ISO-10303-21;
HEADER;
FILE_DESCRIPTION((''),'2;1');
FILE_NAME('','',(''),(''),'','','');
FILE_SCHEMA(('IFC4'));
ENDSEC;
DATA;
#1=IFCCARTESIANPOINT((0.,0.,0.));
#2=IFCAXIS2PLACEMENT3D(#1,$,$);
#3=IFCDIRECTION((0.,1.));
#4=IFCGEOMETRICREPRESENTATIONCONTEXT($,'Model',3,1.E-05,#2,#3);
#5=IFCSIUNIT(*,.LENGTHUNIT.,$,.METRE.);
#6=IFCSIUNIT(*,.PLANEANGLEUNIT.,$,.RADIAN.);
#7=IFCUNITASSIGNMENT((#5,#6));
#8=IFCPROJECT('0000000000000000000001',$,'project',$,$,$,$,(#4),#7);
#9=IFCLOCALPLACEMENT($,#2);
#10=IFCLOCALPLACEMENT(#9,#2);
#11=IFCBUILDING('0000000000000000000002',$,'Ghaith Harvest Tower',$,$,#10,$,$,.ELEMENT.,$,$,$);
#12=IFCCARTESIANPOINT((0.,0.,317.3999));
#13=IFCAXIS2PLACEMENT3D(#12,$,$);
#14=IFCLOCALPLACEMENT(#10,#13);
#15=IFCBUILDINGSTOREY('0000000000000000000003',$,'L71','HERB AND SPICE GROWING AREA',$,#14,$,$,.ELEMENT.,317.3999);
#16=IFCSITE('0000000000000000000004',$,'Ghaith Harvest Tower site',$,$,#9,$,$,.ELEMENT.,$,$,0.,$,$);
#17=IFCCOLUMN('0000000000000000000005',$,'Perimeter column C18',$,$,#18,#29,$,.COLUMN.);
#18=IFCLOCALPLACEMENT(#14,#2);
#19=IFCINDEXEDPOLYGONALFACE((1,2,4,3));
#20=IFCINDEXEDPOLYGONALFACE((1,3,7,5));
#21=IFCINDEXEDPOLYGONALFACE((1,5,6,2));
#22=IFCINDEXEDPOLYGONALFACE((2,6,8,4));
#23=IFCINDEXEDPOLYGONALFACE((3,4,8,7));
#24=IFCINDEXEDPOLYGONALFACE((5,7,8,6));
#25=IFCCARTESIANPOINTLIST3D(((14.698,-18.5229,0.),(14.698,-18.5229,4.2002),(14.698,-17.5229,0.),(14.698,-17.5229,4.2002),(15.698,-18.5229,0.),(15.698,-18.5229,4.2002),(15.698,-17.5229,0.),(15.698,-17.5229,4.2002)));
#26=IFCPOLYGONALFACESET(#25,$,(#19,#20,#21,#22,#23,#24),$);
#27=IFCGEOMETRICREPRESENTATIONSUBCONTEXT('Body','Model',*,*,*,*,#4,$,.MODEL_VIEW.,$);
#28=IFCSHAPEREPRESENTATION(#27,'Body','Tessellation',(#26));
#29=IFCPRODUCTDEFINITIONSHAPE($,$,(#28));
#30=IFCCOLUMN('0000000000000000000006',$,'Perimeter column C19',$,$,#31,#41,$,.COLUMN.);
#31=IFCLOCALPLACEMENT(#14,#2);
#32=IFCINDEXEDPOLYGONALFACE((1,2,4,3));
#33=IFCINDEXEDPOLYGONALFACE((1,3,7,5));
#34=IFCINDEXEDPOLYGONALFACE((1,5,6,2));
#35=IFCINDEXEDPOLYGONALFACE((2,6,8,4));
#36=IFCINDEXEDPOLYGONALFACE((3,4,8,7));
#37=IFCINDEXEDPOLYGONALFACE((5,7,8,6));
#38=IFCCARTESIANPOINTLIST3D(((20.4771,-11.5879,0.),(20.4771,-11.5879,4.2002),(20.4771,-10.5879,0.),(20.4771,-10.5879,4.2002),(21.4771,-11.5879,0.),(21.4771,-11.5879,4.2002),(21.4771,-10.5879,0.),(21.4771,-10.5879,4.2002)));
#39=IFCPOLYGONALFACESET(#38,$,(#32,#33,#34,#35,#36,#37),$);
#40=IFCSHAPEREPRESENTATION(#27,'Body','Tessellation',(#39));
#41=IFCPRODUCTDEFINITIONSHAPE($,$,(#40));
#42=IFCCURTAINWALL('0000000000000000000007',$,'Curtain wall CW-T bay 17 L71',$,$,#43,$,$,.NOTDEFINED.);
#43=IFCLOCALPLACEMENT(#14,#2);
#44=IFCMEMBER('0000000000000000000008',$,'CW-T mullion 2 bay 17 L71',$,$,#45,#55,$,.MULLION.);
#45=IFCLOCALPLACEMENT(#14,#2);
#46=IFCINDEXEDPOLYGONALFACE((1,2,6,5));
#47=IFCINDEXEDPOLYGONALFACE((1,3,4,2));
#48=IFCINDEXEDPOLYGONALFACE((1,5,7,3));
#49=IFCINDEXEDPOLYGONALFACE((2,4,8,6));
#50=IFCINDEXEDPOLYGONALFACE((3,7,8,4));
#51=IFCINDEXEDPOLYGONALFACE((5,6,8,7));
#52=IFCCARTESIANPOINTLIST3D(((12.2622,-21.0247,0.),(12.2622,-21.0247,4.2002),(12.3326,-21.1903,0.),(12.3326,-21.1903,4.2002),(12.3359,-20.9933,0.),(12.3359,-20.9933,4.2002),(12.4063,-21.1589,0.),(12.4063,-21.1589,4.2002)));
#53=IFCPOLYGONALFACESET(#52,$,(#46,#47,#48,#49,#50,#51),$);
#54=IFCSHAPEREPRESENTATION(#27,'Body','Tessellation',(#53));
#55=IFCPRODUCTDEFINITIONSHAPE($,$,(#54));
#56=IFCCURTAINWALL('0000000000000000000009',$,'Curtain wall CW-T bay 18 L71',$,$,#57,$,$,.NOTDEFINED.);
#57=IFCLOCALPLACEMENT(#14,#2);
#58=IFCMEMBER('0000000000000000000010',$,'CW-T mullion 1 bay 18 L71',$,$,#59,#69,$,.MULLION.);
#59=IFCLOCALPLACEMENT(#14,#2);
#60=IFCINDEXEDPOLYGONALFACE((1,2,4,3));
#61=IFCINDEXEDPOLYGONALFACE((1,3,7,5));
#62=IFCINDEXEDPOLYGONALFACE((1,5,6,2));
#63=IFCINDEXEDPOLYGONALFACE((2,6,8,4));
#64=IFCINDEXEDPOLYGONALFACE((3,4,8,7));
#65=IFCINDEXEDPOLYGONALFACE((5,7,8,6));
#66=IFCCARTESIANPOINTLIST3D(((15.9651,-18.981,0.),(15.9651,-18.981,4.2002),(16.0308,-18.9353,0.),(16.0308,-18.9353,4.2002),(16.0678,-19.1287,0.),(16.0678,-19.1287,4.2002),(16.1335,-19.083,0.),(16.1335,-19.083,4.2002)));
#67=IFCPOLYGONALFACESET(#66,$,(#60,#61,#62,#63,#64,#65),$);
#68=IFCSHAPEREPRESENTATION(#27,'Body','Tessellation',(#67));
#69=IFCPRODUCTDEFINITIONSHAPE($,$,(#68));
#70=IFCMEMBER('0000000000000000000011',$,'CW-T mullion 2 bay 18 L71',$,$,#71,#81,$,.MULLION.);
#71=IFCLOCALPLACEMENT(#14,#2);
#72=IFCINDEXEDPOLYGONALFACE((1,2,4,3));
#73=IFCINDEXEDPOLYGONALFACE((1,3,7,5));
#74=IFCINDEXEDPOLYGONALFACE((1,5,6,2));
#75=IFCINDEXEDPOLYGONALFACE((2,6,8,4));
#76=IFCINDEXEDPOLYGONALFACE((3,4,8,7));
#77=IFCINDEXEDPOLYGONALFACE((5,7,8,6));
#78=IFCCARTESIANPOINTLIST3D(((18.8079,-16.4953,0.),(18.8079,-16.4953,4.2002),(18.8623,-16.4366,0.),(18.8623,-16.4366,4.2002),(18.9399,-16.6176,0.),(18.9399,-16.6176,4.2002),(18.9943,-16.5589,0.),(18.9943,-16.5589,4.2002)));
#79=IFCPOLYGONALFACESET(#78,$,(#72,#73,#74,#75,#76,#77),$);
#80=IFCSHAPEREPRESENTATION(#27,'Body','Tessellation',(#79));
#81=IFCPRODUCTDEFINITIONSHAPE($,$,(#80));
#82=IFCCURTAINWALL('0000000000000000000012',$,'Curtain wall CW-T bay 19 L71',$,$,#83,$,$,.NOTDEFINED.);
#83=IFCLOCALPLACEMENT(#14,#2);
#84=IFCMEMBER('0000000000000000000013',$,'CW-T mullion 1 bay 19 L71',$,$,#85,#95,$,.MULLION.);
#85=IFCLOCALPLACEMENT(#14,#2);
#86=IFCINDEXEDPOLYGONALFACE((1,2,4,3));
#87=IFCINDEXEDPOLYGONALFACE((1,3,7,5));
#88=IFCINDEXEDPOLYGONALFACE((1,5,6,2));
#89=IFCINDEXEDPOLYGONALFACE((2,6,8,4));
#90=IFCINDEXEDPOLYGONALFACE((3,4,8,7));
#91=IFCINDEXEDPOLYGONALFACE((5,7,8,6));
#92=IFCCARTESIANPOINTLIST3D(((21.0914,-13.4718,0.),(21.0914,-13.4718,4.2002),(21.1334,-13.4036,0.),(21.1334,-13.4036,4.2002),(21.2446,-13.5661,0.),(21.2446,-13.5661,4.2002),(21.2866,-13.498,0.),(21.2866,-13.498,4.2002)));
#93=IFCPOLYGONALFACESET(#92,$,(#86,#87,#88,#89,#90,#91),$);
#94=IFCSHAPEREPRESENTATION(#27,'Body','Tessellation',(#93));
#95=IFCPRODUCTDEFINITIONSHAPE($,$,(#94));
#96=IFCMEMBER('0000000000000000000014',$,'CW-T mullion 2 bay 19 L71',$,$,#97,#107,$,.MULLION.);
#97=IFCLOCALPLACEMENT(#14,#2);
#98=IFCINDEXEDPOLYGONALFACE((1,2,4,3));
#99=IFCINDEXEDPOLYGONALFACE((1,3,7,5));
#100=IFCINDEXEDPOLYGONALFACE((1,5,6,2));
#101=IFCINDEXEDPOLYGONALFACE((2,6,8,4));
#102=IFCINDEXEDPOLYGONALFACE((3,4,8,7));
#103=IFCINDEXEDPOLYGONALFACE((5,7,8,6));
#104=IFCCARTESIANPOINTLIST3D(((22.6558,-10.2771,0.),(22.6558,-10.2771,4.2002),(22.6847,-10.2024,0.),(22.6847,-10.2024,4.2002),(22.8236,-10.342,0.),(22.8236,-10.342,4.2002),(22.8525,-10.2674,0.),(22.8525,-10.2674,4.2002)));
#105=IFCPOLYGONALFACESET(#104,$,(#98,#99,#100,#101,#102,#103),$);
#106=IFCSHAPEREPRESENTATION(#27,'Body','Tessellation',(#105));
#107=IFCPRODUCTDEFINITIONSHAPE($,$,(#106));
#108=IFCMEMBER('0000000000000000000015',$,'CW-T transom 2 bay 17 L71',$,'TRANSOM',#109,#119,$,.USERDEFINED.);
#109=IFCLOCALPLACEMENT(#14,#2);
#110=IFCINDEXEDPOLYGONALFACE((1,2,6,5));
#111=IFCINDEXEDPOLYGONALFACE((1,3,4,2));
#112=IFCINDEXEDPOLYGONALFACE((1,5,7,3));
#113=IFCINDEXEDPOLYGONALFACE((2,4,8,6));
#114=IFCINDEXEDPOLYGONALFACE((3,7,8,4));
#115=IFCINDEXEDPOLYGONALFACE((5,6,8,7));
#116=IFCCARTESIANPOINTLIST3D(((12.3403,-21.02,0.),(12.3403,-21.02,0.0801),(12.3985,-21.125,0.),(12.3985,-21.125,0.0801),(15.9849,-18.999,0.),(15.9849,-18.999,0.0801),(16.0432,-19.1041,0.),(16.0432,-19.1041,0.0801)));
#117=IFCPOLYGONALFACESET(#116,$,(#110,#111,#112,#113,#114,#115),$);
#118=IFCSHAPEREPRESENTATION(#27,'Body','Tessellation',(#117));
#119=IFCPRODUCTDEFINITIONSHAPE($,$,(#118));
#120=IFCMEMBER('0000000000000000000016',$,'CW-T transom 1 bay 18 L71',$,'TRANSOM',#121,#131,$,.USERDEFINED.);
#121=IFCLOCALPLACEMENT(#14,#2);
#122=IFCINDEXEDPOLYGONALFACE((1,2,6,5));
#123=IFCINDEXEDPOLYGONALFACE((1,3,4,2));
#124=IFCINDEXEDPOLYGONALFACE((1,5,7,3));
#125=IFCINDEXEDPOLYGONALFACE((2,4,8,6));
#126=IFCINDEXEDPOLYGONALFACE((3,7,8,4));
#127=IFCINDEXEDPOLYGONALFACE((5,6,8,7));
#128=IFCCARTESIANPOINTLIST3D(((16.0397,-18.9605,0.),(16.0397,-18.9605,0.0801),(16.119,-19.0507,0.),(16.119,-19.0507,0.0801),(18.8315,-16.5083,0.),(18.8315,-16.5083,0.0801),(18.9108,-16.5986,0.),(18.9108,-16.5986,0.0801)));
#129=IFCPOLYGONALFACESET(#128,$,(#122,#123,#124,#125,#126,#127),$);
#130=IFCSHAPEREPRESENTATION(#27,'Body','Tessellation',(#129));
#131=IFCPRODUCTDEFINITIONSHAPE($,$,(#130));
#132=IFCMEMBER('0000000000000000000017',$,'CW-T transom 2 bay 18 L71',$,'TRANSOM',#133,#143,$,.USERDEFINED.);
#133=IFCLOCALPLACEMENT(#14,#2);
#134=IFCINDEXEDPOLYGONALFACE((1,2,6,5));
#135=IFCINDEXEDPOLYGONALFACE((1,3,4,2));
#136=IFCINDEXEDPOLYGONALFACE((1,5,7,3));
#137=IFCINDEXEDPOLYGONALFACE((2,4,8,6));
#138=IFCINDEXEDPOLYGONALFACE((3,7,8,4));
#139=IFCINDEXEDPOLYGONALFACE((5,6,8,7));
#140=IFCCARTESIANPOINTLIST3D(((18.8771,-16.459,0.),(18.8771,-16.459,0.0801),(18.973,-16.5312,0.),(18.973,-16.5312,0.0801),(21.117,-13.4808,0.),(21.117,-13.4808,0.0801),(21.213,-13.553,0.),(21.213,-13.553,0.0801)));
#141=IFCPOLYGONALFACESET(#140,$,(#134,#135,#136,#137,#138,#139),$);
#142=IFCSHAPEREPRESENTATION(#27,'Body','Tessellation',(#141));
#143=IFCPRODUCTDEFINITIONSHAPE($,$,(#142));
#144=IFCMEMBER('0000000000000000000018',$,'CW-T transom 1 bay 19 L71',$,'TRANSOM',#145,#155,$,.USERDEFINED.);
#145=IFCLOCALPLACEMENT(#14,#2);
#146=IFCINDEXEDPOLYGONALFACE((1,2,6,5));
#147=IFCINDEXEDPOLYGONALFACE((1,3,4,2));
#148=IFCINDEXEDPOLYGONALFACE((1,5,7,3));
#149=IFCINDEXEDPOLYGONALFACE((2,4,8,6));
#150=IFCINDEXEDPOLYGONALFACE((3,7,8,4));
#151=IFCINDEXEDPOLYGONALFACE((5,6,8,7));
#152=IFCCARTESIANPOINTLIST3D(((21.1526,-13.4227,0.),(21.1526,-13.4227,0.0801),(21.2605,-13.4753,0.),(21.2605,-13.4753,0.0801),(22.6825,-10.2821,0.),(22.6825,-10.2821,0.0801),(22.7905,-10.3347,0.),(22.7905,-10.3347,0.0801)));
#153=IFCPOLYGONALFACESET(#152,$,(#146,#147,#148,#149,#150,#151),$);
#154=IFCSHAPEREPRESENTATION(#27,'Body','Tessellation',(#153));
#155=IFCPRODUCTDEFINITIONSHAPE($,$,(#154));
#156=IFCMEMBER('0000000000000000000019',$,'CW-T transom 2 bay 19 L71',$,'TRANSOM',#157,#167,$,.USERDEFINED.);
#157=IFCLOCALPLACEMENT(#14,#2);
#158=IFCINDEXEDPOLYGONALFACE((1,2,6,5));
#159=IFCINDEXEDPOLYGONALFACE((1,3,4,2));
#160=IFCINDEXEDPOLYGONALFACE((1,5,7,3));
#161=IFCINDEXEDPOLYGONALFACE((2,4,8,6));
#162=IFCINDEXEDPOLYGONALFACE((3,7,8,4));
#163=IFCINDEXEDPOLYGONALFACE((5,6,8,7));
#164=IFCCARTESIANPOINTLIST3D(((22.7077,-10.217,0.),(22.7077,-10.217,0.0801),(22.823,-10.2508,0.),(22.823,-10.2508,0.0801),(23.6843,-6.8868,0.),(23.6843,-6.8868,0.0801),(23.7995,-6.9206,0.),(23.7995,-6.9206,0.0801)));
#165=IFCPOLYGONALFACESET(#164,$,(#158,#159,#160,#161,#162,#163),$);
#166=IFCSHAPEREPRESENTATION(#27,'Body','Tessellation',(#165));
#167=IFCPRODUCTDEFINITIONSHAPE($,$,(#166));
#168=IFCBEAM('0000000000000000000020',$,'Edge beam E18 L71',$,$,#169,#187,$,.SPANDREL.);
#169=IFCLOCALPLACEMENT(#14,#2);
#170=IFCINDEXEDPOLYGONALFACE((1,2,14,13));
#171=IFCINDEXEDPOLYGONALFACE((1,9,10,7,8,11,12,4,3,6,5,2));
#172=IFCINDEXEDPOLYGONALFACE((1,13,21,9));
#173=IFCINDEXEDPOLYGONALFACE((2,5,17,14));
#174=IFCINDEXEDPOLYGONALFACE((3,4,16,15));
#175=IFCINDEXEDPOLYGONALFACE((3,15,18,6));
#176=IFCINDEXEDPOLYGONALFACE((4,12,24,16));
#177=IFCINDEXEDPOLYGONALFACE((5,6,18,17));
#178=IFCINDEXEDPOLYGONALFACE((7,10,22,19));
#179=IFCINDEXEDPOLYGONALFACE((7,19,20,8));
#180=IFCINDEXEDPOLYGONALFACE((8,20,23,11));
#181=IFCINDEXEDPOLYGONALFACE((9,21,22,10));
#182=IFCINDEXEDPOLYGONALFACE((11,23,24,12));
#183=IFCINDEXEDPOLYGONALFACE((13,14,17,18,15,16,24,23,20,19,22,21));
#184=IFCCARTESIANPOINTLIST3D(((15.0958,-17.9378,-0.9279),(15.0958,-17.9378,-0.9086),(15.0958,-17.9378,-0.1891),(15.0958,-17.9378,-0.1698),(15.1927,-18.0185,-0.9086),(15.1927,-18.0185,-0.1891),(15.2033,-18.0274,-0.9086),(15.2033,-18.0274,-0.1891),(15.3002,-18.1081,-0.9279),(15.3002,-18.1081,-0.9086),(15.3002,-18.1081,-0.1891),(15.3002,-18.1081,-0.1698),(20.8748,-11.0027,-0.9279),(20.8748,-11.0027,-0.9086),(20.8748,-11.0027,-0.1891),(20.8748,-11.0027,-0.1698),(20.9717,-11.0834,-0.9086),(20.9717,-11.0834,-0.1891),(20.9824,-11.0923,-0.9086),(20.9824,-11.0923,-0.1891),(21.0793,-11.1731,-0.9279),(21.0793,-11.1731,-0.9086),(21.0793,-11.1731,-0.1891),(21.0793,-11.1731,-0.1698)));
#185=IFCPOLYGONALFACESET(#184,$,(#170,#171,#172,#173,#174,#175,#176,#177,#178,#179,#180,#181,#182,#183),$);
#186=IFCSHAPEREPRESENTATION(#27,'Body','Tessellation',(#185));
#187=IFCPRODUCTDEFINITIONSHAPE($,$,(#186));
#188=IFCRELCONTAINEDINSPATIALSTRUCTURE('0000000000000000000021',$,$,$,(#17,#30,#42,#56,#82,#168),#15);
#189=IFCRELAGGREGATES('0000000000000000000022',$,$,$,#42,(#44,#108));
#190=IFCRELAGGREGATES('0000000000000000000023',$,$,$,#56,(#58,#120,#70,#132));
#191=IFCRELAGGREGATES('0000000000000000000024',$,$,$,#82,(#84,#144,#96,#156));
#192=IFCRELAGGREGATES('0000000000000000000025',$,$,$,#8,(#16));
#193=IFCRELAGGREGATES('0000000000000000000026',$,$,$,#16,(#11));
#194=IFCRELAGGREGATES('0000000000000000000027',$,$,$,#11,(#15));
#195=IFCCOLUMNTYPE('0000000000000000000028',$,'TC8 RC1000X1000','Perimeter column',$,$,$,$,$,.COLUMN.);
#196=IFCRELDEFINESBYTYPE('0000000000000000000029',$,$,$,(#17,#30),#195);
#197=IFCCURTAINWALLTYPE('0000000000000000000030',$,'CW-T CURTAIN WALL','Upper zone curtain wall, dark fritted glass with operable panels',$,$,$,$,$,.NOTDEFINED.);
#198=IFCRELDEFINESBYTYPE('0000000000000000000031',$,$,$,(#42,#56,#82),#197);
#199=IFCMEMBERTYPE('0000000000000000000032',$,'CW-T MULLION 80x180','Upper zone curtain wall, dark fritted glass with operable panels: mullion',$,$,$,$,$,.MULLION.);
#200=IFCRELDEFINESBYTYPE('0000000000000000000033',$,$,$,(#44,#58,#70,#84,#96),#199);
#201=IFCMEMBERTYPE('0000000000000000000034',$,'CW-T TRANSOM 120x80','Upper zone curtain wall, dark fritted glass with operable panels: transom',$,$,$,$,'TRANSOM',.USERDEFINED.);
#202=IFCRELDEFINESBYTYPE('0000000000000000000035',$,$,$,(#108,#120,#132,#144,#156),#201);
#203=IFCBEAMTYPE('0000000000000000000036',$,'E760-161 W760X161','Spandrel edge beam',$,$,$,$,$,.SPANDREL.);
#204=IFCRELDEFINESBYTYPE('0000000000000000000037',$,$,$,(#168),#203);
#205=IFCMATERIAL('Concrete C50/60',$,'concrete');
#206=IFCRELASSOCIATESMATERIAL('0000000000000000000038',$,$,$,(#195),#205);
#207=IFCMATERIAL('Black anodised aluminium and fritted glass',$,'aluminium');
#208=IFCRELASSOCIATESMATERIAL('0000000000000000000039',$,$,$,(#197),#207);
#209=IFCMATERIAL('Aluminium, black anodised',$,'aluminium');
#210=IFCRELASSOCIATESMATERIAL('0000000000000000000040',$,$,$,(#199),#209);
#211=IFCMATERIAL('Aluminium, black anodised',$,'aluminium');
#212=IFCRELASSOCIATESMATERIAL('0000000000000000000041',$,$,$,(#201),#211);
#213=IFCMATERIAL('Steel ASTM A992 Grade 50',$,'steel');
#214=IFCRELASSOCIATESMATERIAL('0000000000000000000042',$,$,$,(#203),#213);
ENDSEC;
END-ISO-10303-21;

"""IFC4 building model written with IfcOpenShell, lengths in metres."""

from ifc_helpers import new_model, si_unit, direction, frame, origin, origin_2d, place, context, subcontext, project, spatial, rectangle, i_section, extrude, material, material_profile, profile_set, type_object, element, aggregate, save


model = new_model("IFC4")

# Units and contexts
model_context = context("Model", 3, precision=1e-05, world=origin(), true_north=direction((0.0, 1.0)))
body_context = subcontext(model_context, "Body", "Model", "MODEL_VIEW")
ifc_project = project(units=[si_unit("LENGTHUNIT", "METRE"), si_unit("PLANEANGLEUNIT", "RADIAN")], contexts=[model_context])

# Site, building, storey
site_placement = place(None, origin())
site = spatial("IfcSite", under=ifc_project, at=site_placement, Name="Ghaith Harvest Tower site", CompositionType="ELEMENT", RefElevation=0.0)
building_placement = place(site_placement, origin())
building = spatial("IfcBuilding", under=site, at=building_placement, Name="Ghaith Harvest Tower", CompositionType="ELEMENT")
storey_placement = place(building_placement, frame((0.0, 0.0, 317.3999)))
storey = spatial("IfcBuildingStorey", under=building, at=storey_placement, Name="L71", Description="HERB AND SPICE GROWING AREA", CompositionType="ELEMENT", Elevation=317.3999)

# Columns
ifc_material_1 = material(Name="Concrete C50/60", Category="concrete")
ifc_material_profile_1 = material_profile(ifc_material_1, rectangle(XDim=1.0, YDim=1.0, at=origin_2d()), Name="RC1000X1000")
ifc_profile_set_1 = profile_set([ifc_material_profile_1], Name="Concrete C50/60")
column_type = type_object("IfcColumnType", Name="TC8 RC1000X1000", Description="Perimeter column", PredefinedType="COLUMN", material=ifc_profile_set_1)
for number, where, z_axis, x_axis, name in (
    (1, (15.198, -18.0229, 0.0), (0.0, 0.0, 1.0), (1.0, 0.0, 0.0), "Perimeter column C18"),
    (2, (20.9771, -11.0879, 0.0), (0.0, 0.0, 1.0), (1.0, 0.0, 0.0), "Perimeter column C19"),
):
    element("IfcColumn", number, at=place(storey_placement, frame(where, z_axis=z_axis, x_axis=x_axis)), inside=storey, type_object=column_type, Name=name, PredefinedType="COLUMN", context=body_context, shape_type="SweptSolid", body=[
        extrude(rectangle(XDim=1.0, YDim=1.0, at=origin_2d()), origin(), (0.0, 0.0, 1.0), 4.2002),
    ])

# Curtain wall, member
ifc_material_2 = material(Name="Black anodised aluminium and fritted glass", Category="aluminium")
curtain_wall_type = type_object("IfcCurtainWallType", Name="CW-T CURTAIN WALL", Description="Upper zone curtain wall, dark fritted glass with operable panels", PredefinedType="NOTDEFINED", material=ifc_material_2)
curtain_wall_1_placement = place(storey_placement, origin())
curtain_wall_1 = element("IfcCurtainWall", 3, at=curtain_wall_1_placement, inside=storey, type_object=curtain_wall_type, Name="Curtain wall CW-T bay 17 L71", PredefinedType="NOTDEFINED")
ifc_material_3 = material(Name="Aluminium, black anodised", Category="aluminium")
ifc_material_profile_2 = material_profile(ifc_material_3, rectangle(XDim=0.0801, YDim=0.1799, at=origin_2d()), Name="CW-T MULLION 80x180")
ifc_profile_set_2 = profile_set([ifc_material_profile_2], Name="Aluminium, black anodised")
member_type_1 = type_object("IfcMemberType", Name="CW-T MULLION 80x180", Description="Upper zone curtain wall, dark fritted glass with operable panels: mullion", PredefinedType="MULLION", material=ifc_profile_set_2)
member_1_placement = place(storey_placement, frame((12.3342, -21.0918, 0.0), z_axis=(0.0, 0.0, 1.0), x_axis=(0.920319, 0.391168, 0.0)))
member_1 = element("IfcMember", 4, at=member_1_placement, type_object=member_type_1, Name="CW-T mullion 2 bay 17 L71", PredefinedType="MULLION", context=body_context, shape_type="SweptSolid", body=[
    extrude(rectangle(XDim=0.0801, YDim=0.1799, at=origin_2d()), origin(), (0.0, 0.0, 1.0), 4.2002),
])

# Curtain walls, members
curtain_wall_2_placement = place(storey_placement, origin())
curtain_wall_2 = element("IfcCurtainWall", 5, at=curtain_wall_2_placement, inside=storey, type_object=curtain_wall_type, Name="Curtain wall CW-T bay 18 L71", PredefinedType="NOTDEFINED")
member_2_placement = place(storey_placement, frame((16.0493, -19.032, 0.0), z_axis=(0.0, 0.0, 1.0), x_axis=(0.821112, 0.570767, 0.0)))
member_2 = element("IfcMember", 6, at=member_2_placement, type_object=member_type_1, Name="CW-T mullion 1 bay 18 L71", PredefinedType="MULLION", context=body_context, shape_type="SweptSolid", body=[
    extrude(rectangle(XDim=0.0801, YDim=0.1799, at=origin_2d()), origin(), (0.0, 0.0, 1.0), 4.2002),
])
member_3_placement = place(storey_placement, frame((18.9011, -16.5271, 0.0), z_axis=(0.0, 0.0, 1.0), x_axis=(0.679661, 0.733526, 0.0)))
member_3 = element("IfcMember", 7, at=member_3_placement, type_object=member_type_1, Name="CW-T mullion 2 bay 18 L71", PredefinedType="MULLION", context=body_context, shape_type="SweptSolid", body=[
    extrude(rectangle(XDim=0.0801, YDim=0.1799, at=origin_2d()), origin(), (0.0, 0.0, 1.0), 4.2002),
])
curtain_wall_3_placement = place(storey_placement, origin())
curtain_wall_3 = element("IfcCurtainWall", 8, at=curtain_wall_3_placement, inside=storey, type_object=curtain_wall_type, Name="Curtain wall CW-T bay 19 L71", PredefinedType="NOTDEFINED")
member_4_placement = place(storey_placement, frame((21.189, -13.4849, 0.0), z_axis=(0.0, 0.0, 1.0), x_axis=(0.524482, 0.851421, 0.0)))
member_4 = element("IfcMember", 9, at=member_4_placement, type_object=member_type_1, Name="CW-T mullion 1 bay 19 L71", PredefinedType="MULLION", context=body_context, shape_type="SweptSolid", body=[
    extrude(rectangle(XDim=0.0801, YDim=0.1799, at=origin_2d()), origin(), (0.0, 0.0, 1.0), 4.2002),
])
member_5_placement = place(storey_placement, frame((22.7542, -10.2722, 0.0), z_axis=(0.0, 0.0, 1.0), x_axis=(0.361184, 0.932494, 0.0)))
member_5 = element("IfcMember", 10, at=member_5_placement, type_object=member_type_1, Name="CW-T mullion 2 bay 19 L71", PredefinedType="MULLION", context=body_context, shape_type="SweptSolid", body=[
    extrude(rectangle(XDim=0.0801, YDim=0.1799, at=origin_2d()), origin(), (0.0, 0.0, 1.0), 4.2002),
])

# Members
ifc_material_4 = material(Name="Aluminium, black anodised", Category="aluminium")
ifc_material_profile_3 = material_profile(ifc_material_4, rectangle(XDim=0.1201, YDim=0.0801, at=origin_2d()), Name="CW-T TRANSOM 120x80")
ifc_profile_set_3 = profile_set([ifc_material_profile_3], Name="Aluminium, black anodised")
member_type_2 = type_object("IfcMemberType", Name="CW-T TRANSOM 120x80", Description="Upper zone curtain wall, dark fritted glass with operable panels: transom", ElementType="TRANSOM", PredefinedType="USERDEFINED", material=ifc_profile_set_3)
member_6_placement = place(storey_placement, frame((12.3694, -21.0725, 0.04), z_axis=(0.874552, 0.484932, 0.0), x_axis=(-0.484932, 0.874552, 0.0)))
member_6 = element("IfcMember", 11, at=member_6_placement, type_object=member_type_2, Name="CW-T transom 2 bay 17 L71", ObjectType="TRANSOM", PredefinedType="USERDEFINED", context=body_context, shape_type="SweptSolid", body=[
    extrude(rectangle(XDim=0.1201, YDim=0.0801, at=origin_2d()), origin(), (0.0, 0.0, 1.0), 4.1675),
])
member_7_placement = place(storey_placement, frame((16.0793, -19.0056, 0.04), z_axis=(0.751326, 0.659931, 0.0), x_axis=(-0.659931, 0.751326, 0.0)))
member_7 = element("IfcMember", 12, at=member_7_placement, type_object=member_type_2, Name="CW-T transom 1 bay 18 L71", ObjectType="TRANSOM", PredefinedType="USERDEFINED", context=body_context, shape_type="SweptSolid", body=[
    extrude(rectangle(XDim=0.1201, YDim=0.0801, at=origin_2d()), origin(), (0.0, 0.0, 1.0), 3.7158),
])
member_8_placement = place(storey_placement, frame((18.925, -16.4951, 0.04), z_axis=(0.601079, 0.79919, 0.0), x_axis=(-0.79919, 0.601079, 0.0)))
member_8 = element("IfcMember", 13, at=member_8_placement, type_object=member_type_2, Name="CW-T transom 2 bay 18 L71", ObjectType="TRANSOM", PredefinedType="USERDEFINED", context=body_context, shape_type="SweptSolid", body=[
    extrude(rectangle(XDim=0.1201, YDim=0.0801, at=origin_2d()), origin(), (0.0, 0.0, 1.0), 3.7266),
])
member_9_placement = place(storey_placement, frame((21.2065, -13.449, 0.04), z_axis=(0.437965, 0.898992, 0.0), x_axis=(-0.898992, 0.437965, 0.0)))
member_9 = element("IfcMember", 14, at=member_9_placement, type_object=member_type_2, Name="CW-T transom 1 bay 19 L71", ObjectType="TRANSOM", PredefinedType="USERDEFINED", context=body_context, shape_type="SweptSolid", body=[
    extrude(rectangle(XDim=0.1201, YDim=0.0801, at=origin_2d()), origin(), (0.0, 0.0, 1.0), 3.4934),
])
member_10_placement = place(storey_placement, frame((22.7654, -10.2339, 0.04), z_axis=(0.281385, 0.959595, 0.0), x_axis=(-0.959595, 0.281385, 0.0)))
member_10 = element("IfcMember", 15, at=member_10_placement, type_object=member_type_2, Name="CW-T transom 2 bay 19 L71", ObjectType="TRANSOM", PredefinedType="USERDEFINED", context=body_context, shape_type="SweptSolid", body=[
    extrude(rectangle(XDim=0.1201, YDim=0.0801, at=origin_2d()), origin(), (0.0, 0.0, 1.0), 3.4705),
])

# Beam
ifc_material_5 = material(Name="Steel ASTM A992 Grade 50", Category="steel")
ifc_material_profile_4 = material_profile(ifc_material_5, i_section(OverallWidth=0.2661, OverallDepth=0.7581, WebThickness=0.0139, FlangeThickness=0.0193, at=origin_2d()), Name="W760X161")
ifc_profile_set_4 = profile_set([ifc_material_profile_4], Name="Steel ASTM A992 Grade 50")
beam_type_1 = type_object("IfcBeamType", Name="E760-161 W760X161", Description="Spandrel edge beam", PredefinedType="SPANDREL", material=ifc_profile_set_4)
beam_1_placement = place(storey_placement, frame((15.198, -18.0229, -0.5488), z_axis=(0.640174, 0.76823, 0.0), x_axis=(-0.76823, 0.640174, 0.0)))
element("IfcBeam", 16, at=beam_1_placement, inside=storey, type_object=beam_type_1, Name="Edge beam E18 L71", PredefinedType="SPANDREL", context=body_context, shape_type="SweptSolid", body=[
    extrude(i_section(OverallWidth=0.2661, OverallDepth=0.7581, WebThickness=0.0139, FlangeThickness=0.0193, at=origin_2d()), origin(), (0.0, 0.0, 1.0), 9.0273),
])

aggregate(curtain_wall_1, [member_1, member_6])
aggregate(curtain_wall_2, [member_2, member_7, member_3, member_8])
aggregate(curtain_wall_3, [member_4, member_9, member_5, member_10])

save(model, "model.ifc")
